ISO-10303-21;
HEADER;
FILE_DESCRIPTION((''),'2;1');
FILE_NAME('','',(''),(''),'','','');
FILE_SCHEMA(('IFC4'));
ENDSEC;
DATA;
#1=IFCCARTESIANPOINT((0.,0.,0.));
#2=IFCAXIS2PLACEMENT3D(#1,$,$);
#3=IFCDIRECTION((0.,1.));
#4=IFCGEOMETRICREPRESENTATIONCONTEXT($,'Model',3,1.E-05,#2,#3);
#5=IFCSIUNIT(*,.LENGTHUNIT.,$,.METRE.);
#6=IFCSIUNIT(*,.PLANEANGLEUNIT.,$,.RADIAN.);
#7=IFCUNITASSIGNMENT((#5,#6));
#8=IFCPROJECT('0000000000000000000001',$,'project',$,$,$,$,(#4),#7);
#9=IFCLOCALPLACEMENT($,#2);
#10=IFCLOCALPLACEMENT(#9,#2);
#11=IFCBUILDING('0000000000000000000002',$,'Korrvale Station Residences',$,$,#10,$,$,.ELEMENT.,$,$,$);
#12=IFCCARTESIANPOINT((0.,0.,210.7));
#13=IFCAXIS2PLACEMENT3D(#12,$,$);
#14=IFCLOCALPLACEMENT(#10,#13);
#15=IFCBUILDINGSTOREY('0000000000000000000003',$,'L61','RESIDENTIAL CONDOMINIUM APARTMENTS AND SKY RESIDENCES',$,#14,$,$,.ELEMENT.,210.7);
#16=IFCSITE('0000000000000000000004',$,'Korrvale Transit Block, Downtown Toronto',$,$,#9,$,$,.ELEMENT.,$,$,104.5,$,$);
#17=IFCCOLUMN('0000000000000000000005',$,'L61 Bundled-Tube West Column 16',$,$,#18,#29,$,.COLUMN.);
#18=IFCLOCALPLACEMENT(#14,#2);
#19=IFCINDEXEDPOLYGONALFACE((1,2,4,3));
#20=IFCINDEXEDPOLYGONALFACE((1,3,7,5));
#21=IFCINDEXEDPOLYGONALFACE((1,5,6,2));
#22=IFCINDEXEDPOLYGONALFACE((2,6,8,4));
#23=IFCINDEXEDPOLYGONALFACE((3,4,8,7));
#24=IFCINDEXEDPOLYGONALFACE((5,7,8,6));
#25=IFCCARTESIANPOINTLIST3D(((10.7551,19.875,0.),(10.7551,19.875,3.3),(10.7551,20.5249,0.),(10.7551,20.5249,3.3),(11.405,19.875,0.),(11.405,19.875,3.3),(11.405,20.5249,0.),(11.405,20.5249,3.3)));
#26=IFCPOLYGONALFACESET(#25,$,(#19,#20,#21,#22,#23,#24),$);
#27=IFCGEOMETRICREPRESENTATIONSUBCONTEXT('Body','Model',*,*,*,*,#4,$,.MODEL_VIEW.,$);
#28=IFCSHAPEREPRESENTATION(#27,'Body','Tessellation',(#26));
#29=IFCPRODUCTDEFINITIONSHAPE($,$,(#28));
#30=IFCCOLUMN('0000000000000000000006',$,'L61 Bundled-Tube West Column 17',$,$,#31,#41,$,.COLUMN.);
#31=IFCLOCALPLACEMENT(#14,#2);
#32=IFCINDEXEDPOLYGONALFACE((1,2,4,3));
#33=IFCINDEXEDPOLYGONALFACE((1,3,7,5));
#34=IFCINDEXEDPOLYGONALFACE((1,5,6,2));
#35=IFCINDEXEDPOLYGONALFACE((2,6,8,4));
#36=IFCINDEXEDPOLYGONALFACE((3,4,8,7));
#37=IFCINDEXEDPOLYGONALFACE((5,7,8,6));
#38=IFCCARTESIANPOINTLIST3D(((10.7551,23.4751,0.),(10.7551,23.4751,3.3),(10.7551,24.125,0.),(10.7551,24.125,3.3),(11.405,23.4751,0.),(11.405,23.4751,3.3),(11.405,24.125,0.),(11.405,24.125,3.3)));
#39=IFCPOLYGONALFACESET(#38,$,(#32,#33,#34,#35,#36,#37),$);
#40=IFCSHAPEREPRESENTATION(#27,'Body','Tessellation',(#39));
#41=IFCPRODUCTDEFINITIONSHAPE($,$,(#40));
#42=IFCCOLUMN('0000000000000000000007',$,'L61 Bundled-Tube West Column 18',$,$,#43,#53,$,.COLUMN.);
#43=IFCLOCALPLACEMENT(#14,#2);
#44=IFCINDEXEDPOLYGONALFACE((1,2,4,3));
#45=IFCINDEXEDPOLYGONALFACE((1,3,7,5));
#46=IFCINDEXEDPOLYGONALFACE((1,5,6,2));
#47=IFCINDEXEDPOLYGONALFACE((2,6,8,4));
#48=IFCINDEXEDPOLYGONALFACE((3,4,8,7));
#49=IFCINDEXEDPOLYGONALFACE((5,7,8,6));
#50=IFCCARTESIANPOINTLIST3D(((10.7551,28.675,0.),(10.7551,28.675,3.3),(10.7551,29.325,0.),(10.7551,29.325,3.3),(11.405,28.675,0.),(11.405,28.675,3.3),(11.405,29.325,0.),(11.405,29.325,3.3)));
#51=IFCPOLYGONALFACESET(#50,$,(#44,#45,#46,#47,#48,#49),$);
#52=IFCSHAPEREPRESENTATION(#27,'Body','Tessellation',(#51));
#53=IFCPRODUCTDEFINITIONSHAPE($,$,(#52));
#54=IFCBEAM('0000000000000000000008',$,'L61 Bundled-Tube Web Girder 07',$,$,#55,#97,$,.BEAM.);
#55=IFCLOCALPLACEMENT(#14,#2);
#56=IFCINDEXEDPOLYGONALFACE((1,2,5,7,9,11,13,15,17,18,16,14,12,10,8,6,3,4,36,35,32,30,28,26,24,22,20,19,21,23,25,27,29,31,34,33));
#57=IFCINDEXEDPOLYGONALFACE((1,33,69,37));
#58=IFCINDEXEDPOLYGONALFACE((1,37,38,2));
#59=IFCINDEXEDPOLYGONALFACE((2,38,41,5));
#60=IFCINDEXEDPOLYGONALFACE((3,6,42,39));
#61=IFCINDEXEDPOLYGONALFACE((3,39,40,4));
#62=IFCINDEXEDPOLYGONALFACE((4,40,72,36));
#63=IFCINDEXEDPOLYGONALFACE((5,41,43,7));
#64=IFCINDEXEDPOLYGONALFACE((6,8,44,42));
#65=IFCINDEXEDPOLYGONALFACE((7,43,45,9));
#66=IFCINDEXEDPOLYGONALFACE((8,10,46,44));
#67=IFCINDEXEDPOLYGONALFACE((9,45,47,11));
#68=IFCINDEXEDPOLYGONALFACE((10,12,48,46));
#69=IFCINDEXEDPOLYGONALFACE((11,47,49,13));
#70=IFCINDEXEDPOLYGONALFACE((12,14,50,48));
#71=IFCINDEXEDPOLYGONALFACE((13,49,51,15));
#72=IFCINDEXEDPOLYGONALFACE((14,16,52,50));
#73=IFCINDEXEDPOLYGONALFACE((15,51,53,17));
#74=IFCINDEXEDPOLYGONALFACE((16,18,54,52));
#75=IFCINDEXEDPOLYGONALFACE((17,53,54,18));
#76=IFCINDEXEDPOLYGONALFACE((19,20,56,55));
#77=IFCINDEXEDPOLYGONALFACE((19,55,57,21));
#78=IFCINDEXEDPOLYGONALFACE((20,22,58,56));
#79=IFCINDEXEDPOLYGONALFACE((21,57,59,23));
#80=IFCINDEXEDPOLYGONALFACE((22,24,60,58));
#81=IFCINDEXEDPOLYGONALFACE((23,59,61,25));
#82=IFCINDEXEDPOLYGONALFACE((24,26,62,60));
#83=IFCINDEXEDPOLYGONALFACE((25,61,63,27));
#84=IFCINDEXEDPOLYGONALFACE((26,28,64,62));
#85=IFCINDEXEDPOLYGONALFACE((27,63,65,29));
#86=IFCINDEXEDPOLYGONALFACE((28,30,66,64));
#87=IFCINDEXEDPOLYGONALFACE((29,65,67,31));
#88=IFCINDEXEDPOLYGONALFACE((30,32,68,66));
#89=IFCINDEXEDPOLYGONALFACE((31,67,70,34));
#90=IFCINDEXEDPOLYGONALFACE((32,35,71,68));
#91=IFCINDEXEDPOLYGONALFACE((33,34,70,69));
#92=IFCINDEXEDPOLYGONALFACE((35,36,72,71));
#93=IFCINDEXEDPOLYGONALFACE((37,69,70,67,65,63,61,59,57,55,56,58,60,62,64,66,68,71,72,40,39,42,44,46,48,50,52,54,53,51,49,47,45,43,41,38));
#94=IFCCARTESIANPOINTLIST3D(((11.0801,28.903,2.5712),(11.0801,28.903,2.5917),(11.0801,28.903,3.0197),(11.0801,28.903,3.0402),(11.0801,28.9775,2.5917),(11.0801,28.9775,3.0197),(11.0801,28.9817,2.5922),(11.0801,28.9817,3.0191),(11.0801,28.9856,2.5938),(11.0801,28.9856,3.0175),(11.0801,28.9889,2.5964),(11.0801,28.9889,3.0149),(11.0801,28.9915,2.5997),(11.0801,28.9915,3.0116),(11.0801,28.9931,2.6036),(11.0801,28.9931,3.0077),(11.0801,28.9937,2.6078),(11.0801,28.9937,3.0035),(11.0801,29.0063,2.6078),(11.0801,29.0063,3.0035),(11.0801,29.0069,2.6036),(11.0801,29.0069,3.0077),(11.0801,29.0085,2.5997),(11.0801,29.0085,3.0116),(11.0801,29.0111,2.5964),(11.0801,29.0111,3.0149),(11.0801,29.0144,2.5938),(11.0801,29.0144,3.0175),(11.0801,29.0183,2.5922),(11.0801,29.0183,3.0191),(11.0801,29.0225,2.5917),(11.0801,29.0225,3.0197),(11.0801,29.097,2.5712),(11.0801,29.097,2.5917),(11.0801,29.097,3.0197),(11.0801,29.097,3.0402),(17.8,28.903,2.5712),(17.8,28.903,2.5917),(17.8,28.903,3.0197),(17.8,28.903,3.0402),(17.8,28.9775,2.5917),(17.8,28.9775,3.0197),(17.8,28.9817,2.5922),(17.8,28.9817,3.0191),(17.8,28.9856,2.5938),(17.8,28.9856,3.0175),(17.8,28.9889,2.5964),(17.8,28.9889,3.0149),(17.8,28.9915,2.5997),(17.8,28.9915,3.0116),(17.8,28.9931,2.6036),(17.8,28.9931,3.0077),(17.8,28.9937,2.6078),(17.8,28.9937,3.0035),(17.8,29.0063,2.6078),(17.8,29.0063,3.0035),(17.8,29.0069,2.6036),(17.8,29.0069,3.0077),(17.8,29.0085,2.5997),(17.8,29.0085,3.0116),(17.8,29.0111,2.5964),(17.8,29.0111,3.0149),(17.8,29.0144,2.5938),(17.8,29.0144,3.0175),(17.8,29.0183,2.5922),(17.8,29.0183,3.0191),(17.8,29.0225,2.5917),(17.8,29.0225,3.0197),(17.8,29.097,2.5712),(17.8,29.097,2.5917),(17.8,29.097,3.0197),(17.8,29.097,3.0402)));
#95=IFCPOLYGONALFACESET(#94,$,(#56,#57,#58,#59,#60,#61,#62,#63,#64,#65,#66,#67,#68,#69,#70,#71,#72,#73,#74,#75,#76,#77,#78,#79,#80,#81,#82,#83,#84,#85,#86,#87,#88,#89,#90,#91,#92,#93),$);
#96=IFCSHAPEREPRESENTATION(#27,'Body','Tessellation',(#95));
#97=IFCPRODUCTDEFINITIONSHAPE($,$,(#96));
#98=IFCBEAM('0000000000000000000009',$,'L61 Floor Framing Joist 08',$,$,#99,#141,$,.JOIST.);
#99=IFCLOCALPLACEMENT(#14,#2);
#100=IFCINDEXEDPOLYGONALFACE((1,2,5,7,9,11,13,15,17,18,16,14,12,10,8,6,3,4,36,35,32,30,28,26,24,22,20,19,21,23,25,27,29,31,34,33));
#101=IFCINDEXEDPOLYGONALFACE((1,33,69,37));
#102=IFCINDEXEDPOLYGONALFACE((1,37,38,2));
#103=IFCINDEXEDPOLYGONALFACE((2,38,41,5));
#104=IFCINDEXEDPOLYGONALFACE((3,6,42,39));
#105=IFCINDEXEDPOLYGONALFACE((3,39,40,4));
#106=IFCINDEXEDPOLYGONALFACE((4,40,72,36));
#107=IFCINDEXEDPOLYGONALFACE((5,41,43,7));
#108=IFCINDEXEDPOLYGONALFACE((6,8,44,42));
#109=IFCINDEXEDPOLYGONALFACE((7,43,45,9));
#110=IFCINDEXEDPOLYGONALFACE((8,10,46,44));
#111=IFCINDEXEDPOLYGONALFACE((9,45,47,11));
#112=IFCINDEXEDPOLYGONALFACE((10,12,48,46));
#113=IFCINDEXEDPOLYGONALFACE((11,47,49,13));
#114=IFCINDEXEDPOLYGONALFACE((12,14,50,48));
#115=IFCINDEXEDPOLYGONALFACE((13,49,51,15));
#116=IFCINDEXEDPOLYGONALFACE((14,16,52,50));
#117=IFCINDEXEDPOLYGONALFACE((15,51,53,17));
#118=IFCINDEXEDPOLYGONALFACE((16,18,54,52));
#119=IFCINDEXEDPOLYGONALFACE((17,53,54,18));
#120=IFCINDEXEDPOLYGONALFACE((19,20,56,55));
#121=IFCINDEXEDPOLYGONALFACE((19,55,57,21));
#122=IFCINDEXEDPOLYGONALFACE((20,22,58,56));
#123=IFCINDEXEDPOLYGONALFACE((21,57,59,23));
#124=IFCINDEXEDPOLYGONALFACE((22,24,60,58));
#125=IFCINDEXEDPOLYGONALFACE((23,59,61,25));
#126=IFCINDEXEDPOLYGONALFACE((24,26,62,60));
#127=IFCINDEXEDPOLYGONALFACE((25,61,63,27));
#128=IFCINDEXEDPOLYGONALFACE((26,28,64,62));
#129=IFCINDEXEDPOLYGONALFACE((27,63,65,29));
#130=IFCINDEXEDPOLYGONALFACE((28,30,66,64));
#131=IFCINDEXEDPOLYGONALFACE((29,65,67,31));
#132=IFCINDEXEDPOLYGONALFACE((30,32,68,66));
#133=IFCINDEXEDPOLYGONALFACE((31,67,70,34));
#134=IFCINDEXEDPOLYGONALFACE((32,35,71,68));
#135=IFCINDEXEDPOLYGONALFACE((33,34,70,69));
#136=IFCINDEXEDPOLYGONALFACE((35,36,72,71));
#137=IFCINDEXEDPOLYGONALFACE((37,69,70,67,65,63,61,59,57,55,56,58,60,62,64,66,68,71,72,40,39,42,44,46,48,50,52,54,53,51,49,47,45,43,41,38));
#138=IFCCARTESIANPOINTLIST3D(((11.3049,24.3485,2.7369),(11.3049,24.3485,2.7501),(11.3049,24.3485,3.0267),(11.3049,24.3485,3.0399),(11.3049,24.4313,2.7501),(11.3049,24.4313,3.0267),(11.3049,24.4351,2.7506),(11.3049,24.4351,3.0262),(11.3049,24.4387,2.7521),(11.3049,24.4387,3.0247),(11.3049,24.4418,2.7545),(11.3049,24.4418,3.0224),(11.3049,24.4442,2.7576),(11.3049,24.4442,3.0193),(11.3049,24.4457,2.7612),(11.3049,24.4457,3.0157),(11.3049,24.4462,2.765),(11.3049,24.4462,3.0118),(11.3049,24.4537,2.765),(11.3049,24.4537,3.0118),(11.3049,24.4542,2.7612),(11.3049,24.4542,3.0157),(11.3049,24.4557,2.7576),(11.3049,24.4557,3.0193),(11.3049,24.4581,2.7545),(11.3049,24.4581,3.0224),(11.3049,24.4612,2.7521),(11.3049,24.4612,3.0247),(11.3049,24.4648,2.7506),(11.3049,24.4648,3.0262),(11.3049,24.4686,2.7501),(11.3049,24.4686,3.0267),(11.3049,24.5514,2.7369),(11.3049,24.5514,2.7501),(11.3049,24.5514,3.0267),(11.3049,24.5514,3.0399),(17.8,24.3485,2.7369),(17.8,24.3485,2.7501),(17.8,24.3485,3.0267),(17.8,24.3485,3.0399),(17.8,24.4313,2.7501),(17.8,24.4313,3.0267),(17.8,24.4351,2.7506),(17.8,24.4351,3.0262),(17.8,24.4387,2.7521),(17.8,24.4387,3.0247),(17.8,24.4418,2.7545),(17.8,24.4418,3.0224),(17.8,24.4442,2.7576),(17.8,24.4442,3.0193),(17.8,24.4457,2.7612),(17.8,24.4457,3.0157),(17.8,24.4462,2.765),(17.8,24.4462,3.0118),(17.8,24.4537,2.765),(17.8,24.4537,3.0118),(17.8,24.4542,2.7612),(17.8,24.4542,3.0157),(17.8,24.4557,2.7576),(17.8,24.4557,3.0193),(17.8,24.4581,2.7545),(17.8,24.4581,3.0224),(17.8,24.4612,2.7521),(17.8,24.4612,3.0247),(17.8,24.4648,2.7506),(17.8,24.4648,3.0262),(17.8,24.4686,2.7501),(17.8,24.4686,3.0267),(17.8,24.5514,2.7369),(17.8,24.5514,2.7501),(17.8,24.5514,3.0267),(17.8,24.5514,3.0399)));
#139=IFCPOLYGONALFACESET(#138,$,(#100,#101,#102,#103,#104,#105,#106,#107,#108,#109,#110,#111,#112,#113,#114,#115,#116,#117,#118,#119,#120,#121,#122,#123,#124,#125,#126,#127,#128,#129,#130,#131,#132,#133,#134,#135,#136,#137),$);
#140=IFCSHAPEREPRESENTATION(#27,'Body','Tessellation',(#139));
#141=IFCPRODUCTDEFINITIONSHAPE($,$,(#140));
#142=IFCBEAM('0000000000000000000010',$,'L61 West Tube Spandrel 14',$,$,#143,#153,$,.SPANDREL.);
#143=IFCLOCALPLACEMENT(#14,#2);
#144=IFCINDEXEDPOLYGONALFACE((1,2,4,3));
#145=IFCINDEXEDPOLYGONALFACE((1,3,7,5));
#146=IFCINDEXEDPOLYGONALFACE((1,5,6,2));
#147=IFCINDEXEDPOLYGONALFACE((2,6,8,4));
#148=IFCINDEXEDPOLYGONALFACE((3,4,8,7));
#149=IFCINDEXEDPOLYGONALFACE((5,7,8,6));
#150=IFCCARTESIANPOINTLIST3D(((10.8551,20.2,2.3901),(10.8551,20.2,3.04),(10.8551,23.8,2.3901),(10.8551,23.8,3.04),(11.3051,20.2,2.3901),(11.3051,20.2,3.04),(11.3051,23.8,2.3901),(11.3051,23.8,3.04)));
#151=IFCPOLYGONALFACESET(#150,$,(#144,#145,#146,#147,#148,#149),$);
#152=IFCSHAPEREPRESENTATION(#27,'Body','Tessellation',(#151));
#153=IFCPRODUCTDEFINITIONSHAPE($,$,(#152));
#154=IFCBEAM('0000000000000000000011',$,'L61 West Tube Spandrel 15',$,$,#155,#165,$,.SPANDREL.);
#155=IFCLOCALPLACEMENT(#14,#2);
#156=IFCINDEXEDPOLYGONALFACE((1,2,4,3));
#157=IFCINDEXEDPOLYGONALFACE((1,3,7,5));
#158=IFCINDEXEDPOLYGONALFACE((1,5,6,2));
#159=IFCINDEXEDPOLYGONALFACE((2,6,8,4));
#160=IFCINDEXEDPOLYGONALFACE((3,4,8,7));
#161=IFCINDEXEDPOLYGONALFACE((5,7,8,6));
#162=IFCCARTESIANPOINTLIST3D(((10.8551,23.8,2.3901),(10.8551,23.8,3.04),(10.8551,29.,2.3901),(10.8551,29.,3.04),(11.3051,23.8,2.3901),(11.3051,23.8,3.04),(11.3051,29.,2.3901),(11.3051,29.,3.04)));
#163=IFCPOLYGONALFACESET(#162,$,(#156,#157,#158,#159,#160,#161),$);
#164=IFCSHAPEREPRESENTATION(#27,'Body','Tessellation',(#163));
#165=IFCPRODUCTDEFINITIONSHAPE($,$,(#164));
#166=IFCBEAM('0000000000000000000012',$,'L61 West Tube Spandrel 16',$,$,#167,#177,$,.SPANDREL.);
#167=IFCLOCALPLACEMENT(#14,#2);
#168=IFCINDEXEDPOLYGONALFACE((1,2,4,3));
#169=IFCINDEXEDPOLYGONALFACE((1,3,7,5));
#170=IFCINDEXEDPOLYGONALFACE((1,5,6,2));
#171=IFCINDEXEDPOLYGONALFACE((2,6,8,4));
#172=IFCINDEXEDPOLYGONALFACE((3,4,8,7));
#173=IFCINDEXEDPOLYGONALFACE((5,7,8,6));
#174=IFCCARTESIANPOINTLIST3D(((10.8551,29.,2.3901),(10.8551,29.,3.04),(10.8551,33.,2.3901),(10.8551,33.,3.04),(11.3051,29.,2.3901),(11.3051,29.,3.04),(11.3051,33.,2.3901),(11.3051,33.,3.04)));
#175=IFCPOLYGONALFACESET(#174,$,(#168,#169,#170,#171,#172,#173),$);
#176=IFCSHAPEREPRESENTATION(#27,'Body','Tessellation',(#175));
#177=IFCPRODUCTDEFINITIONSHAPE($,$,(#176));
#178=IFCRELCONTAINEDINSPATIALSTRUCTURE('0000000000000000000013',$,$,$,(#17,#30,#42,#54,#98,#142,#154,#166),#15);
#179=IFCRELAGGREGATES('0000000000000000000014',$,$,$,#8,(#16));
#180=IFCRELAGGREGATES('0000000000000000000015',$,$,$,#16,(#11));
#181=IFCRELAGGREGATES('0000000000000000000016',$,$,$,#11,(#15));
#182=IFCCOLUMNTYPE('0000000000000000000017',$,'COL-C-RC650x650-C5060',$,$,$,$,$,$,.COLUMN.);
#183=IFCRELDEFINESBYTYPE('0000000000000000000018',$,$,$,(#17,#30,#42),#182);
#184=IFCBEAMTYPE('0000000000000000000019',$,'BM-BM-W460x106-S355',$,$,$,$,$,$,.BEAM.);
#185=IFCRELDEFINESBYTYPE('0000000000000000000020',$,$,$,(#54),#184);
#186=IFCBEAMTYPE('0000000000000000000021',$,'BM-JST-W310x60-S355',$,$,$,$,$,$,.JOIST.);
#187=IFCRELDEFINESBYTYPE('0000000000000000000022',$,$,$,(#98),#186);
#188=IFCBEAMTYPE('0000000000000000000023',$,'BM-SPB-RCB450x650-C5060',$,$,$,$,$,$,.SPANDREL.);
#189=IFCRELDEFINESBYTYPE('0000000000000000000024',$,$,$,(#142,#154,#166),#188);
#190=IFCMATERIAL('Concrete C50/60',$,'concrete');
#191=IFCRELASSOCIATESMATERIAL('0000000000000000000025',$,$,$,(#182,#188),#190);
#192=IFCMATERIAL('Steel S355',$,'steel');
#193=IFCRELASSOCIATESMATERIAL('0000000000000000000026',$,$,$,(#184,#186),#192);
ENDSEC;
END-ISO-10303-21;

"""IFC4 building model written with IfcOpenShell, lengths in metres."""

from ifc_helpers import new_model, si_unit, direction, frame, origin, origin_2d, place, context, subcontext, project, spatial, rectangle, i_section, extrude, material, material_profile, profile_set, type_object, element, save


model = new_model("IFC4")

# Units and contexts
model_context = context("Model", 3, precision=1e-05, world=origin(), true_north=direction((0.0, 1.0)))
body_context = subcontext(model_context, "Body", "Model", "MODEL_VIEW")
ifc_project = project(units=[si_unit("LENGTHUNIT", "METRE"), si_unit("PLANEANGLEUNIT", "RADIAN")], contexts=[model_context])

# Site, building, storey
site_placement = place(None, origin())
site = spatial("IfcSite", under=ifc_project, at=site_placement, Name="Korrvale Transit Block, Downtown Toronto", CompositionType="ELEMENT", RefElevation=104.5)
building_placement = place(site_placement, origin())
building = spatial("IfcBuilding", under=site, at=building_placement, Name="Korrvale Station Residences", CompositionType="ELEMENT")
storey_placement = place(building_placement, frame((0.0, 0.0, 210.7)))
storey = spatial("IfcBuildingStorey", under=building, at=storey_placement, Name="L61", Description="RESIDENTIAL CONDOMINIUM APARTMENTS AND SKY RESIDENCES", CompositionType="ELEMENT", Elevation=210.7)

# Columns
ifc_material_1 = material(Name="Concrete C50/60", Category="concrete")
ifc_material_profile_1 = material_profile(ifc_material_1, rectangle(XDim=0.6499, YDim=0.6499, at=origin_2d()), Name="RC650x650")
ifc_profile_set_1 = profile_set([ifc_material_profile_1], Name="Concrete C50/60")
column_type = type_object("IfcColumnType", Name="COL-C-RC650x650-C5060", PredefinedType="COLUMN", material=ifc_profile_set_1)
for number, where, z_axis, x_axis, name in (
    (1, (11.0801, 20.2, 0.0), (0.0, 0.0, 1.0), (1.0, 0.0, 0.0), "L61 Bundled-Tube West Column 16"),
    (2, (11.0801, 23.8, 0.0), (0.0, 0.0, 1.0), (1.0, 0.0, 0.0), "L61 Bundled-Tube West Column 17"),
    (3, (11.0801, 29.0, 0.0), (0.0, 0.0, 1.0), (1.0, 0.0, 0.0), "L61 Bundled-Tube West Column 18"),
):
    element("IfcColumn", number, at=place(storey_placement, frame(where, z_axis=z_axis, x_axis=x_axis)), inside=storey, type_object=column_type, Name=name, PredefinedType="COLUMN", context=body_context, shape_type="SweptSolid", body=[
        extrude(rectangle(XDim=0.6499, YDim=0.6499, at=origin_2d()), origin(), (0.0, 0.0, 1.0), 3.3),
    ])

# Beams
ifc_material_2 = material(Name="Steel S355", Category="steel")
ifc_material_profile_2 = material_profile(ifc_material_2, i_section(OverallWidth=0.1941, OverallDepth=0.469, WebThickness=0.0127, FlangeThickness=0.0205, FilletRadius=0.0161, at=origin_2d()), Name="W460x106")
ifc_profile_set_2 = profile_set([ifc_material_profile_2], Name="Steel S355")
beam_type_1 = type_object("IfcBeamType", Name="BM-BM-W460x106-S355", PredefinedType="BEAM", material=ifc_profile_set_2)
beam_1_placement = place(storey_placement, frame((11.0801, 29.0, 2.8057), z_axis=(1.0, 0.0, 0.0), x_axis=(0.0, 1.0, 0.0)))
element("IfcBeam", 4, at=beam_1_placement, inside=storey, type_object=beam_type_1, Name="L61 Bundled-Tube Web Girder 07", PredefinedType="BEAM", context=body_context, shape_type="SweptSolid", body=[
    extrude(i_section(OverallWidth=0.1941, OverallDepth=0.469, WebThickness=0.0127, FlangeThickness=0.0205, FilletRadius=0.0161, at=origin_2d()), origin(), (0.0, 0.0, 1.0), 6.72),
])
ifc_material_profile_3 = material_profile(ifc_material_2, i_section(OverallWidth=0.2029, OverallDepth=0.303, WebThickness=0.0076, FlangeThickness=0.0132, FilletRadius=0.0149, at=origin_2d()), Name="W310x60")
ifc_profile_set_3 = profile_set([ifc_material_profile_3], Name="Steel S355")
beam_type_2 = type_object("IfcBeamType", Name="BM-JST-W310x60-S355", PredefinedType="JOIST", material=ifc_profile_set_3)
beam_2_placement = place(storey_placement, frame((11.3049, 24.45, 2.8884), z_axis=(1.0, 0.0, 0.0), x_axis=(0.0, 1.0, 0.0)))
element("IfcBeam", 5, at=beam_2_placement, inside=storey, type_object=beam_type_2, Name="L61 Floor Framing Joist 08", PredefinedType="JOIST", context=body_context, shape_type="SweptSolid", body=[
    extrude(i_section(OverallWidth=0.2029, OverallDepth=0.303, WebThickness=0.0076, FlangeThickness=0.0132, FilletRadius=0.0149, at=origin_2d()), origin(), (0.0, 0.0, 1.0), 6.4951),
])
ifc_material_profile_4 = material_profile(ifc_material_1, rectangle(XDim=0.45, YDim=0.6499, at=origin_2d()), Name="RCB450x650")
ifc_profile_set_4 = profile_set([ifc_material_profile_4], Name="Concrete C50/60")
beam_type_3 = type_object("IfcBeamType", Name="BM-SPB-RCB450x650-C5060", PredefinedType="SPANDREL", material=ifc_profile_set_4)
beam_3_placement = place(storey_placement, frame((11.0801, 20.2, 2.7151), z_axis=(0.0, 1.0, 0.0), x_axis=(-1.0, 0.0, 0.0)))
element("IfcBeam", 6, at=beam_3_placement, inside=storey, type_object=beam_type_3, Name="L61 West Tube Spandrel 14", PredefinedType="SPANDREL", context=body_context, shape_type="SweptSolid", body=[
    extrude(rectangle(XDim=0.45, YDim=0.6499, at=origin_2d()), origin(), (0.0, 0.0, 1.0), 3.6001),
])
beam_4_placement = place(storey_placement, frame((11.0801, 23.8, 2.7151), z_axis=(0.0, 1.0, 0.0), x_axis=(-1.0, 0.0, 0.0)))
element("IfcBeam", 7, at=beam_4_placement, inside=storey, type_object=beam_type_3, Name="L61 West Tube Spandrel 15", PredefinedType="SPANDREL", context=body_context, shape_type="SweptSolid", body=[
    extrude(rectangle(XDim=0.45, YDim=0.6499, at=origin_2d()), origin(), (0.0, 0.0, 1.0), 5.2),
])
beam_5_placement = place(storey_placement, frame((11.0801, 29.0, 2.7151), z_axis=(0.0, 1.0, 0.0), x_axis=(-1.0, 0.0, 0.0)))
element("IfcBeam", 8, at=beam_5_placement, inside=storey, type_object=beam_type_3, Name="L61 West Tube Spandrel 16", PredefinedType="SPANDREL", context=body_context, shape_type="SweptSolid", body=[
    extrude(rectangle(XDim=0.45, YDim=0.6499, at=origin_2d()), origin(), (0.0, 0.0, 1.0), 4.0),
])

save(model, "model.ifc")
